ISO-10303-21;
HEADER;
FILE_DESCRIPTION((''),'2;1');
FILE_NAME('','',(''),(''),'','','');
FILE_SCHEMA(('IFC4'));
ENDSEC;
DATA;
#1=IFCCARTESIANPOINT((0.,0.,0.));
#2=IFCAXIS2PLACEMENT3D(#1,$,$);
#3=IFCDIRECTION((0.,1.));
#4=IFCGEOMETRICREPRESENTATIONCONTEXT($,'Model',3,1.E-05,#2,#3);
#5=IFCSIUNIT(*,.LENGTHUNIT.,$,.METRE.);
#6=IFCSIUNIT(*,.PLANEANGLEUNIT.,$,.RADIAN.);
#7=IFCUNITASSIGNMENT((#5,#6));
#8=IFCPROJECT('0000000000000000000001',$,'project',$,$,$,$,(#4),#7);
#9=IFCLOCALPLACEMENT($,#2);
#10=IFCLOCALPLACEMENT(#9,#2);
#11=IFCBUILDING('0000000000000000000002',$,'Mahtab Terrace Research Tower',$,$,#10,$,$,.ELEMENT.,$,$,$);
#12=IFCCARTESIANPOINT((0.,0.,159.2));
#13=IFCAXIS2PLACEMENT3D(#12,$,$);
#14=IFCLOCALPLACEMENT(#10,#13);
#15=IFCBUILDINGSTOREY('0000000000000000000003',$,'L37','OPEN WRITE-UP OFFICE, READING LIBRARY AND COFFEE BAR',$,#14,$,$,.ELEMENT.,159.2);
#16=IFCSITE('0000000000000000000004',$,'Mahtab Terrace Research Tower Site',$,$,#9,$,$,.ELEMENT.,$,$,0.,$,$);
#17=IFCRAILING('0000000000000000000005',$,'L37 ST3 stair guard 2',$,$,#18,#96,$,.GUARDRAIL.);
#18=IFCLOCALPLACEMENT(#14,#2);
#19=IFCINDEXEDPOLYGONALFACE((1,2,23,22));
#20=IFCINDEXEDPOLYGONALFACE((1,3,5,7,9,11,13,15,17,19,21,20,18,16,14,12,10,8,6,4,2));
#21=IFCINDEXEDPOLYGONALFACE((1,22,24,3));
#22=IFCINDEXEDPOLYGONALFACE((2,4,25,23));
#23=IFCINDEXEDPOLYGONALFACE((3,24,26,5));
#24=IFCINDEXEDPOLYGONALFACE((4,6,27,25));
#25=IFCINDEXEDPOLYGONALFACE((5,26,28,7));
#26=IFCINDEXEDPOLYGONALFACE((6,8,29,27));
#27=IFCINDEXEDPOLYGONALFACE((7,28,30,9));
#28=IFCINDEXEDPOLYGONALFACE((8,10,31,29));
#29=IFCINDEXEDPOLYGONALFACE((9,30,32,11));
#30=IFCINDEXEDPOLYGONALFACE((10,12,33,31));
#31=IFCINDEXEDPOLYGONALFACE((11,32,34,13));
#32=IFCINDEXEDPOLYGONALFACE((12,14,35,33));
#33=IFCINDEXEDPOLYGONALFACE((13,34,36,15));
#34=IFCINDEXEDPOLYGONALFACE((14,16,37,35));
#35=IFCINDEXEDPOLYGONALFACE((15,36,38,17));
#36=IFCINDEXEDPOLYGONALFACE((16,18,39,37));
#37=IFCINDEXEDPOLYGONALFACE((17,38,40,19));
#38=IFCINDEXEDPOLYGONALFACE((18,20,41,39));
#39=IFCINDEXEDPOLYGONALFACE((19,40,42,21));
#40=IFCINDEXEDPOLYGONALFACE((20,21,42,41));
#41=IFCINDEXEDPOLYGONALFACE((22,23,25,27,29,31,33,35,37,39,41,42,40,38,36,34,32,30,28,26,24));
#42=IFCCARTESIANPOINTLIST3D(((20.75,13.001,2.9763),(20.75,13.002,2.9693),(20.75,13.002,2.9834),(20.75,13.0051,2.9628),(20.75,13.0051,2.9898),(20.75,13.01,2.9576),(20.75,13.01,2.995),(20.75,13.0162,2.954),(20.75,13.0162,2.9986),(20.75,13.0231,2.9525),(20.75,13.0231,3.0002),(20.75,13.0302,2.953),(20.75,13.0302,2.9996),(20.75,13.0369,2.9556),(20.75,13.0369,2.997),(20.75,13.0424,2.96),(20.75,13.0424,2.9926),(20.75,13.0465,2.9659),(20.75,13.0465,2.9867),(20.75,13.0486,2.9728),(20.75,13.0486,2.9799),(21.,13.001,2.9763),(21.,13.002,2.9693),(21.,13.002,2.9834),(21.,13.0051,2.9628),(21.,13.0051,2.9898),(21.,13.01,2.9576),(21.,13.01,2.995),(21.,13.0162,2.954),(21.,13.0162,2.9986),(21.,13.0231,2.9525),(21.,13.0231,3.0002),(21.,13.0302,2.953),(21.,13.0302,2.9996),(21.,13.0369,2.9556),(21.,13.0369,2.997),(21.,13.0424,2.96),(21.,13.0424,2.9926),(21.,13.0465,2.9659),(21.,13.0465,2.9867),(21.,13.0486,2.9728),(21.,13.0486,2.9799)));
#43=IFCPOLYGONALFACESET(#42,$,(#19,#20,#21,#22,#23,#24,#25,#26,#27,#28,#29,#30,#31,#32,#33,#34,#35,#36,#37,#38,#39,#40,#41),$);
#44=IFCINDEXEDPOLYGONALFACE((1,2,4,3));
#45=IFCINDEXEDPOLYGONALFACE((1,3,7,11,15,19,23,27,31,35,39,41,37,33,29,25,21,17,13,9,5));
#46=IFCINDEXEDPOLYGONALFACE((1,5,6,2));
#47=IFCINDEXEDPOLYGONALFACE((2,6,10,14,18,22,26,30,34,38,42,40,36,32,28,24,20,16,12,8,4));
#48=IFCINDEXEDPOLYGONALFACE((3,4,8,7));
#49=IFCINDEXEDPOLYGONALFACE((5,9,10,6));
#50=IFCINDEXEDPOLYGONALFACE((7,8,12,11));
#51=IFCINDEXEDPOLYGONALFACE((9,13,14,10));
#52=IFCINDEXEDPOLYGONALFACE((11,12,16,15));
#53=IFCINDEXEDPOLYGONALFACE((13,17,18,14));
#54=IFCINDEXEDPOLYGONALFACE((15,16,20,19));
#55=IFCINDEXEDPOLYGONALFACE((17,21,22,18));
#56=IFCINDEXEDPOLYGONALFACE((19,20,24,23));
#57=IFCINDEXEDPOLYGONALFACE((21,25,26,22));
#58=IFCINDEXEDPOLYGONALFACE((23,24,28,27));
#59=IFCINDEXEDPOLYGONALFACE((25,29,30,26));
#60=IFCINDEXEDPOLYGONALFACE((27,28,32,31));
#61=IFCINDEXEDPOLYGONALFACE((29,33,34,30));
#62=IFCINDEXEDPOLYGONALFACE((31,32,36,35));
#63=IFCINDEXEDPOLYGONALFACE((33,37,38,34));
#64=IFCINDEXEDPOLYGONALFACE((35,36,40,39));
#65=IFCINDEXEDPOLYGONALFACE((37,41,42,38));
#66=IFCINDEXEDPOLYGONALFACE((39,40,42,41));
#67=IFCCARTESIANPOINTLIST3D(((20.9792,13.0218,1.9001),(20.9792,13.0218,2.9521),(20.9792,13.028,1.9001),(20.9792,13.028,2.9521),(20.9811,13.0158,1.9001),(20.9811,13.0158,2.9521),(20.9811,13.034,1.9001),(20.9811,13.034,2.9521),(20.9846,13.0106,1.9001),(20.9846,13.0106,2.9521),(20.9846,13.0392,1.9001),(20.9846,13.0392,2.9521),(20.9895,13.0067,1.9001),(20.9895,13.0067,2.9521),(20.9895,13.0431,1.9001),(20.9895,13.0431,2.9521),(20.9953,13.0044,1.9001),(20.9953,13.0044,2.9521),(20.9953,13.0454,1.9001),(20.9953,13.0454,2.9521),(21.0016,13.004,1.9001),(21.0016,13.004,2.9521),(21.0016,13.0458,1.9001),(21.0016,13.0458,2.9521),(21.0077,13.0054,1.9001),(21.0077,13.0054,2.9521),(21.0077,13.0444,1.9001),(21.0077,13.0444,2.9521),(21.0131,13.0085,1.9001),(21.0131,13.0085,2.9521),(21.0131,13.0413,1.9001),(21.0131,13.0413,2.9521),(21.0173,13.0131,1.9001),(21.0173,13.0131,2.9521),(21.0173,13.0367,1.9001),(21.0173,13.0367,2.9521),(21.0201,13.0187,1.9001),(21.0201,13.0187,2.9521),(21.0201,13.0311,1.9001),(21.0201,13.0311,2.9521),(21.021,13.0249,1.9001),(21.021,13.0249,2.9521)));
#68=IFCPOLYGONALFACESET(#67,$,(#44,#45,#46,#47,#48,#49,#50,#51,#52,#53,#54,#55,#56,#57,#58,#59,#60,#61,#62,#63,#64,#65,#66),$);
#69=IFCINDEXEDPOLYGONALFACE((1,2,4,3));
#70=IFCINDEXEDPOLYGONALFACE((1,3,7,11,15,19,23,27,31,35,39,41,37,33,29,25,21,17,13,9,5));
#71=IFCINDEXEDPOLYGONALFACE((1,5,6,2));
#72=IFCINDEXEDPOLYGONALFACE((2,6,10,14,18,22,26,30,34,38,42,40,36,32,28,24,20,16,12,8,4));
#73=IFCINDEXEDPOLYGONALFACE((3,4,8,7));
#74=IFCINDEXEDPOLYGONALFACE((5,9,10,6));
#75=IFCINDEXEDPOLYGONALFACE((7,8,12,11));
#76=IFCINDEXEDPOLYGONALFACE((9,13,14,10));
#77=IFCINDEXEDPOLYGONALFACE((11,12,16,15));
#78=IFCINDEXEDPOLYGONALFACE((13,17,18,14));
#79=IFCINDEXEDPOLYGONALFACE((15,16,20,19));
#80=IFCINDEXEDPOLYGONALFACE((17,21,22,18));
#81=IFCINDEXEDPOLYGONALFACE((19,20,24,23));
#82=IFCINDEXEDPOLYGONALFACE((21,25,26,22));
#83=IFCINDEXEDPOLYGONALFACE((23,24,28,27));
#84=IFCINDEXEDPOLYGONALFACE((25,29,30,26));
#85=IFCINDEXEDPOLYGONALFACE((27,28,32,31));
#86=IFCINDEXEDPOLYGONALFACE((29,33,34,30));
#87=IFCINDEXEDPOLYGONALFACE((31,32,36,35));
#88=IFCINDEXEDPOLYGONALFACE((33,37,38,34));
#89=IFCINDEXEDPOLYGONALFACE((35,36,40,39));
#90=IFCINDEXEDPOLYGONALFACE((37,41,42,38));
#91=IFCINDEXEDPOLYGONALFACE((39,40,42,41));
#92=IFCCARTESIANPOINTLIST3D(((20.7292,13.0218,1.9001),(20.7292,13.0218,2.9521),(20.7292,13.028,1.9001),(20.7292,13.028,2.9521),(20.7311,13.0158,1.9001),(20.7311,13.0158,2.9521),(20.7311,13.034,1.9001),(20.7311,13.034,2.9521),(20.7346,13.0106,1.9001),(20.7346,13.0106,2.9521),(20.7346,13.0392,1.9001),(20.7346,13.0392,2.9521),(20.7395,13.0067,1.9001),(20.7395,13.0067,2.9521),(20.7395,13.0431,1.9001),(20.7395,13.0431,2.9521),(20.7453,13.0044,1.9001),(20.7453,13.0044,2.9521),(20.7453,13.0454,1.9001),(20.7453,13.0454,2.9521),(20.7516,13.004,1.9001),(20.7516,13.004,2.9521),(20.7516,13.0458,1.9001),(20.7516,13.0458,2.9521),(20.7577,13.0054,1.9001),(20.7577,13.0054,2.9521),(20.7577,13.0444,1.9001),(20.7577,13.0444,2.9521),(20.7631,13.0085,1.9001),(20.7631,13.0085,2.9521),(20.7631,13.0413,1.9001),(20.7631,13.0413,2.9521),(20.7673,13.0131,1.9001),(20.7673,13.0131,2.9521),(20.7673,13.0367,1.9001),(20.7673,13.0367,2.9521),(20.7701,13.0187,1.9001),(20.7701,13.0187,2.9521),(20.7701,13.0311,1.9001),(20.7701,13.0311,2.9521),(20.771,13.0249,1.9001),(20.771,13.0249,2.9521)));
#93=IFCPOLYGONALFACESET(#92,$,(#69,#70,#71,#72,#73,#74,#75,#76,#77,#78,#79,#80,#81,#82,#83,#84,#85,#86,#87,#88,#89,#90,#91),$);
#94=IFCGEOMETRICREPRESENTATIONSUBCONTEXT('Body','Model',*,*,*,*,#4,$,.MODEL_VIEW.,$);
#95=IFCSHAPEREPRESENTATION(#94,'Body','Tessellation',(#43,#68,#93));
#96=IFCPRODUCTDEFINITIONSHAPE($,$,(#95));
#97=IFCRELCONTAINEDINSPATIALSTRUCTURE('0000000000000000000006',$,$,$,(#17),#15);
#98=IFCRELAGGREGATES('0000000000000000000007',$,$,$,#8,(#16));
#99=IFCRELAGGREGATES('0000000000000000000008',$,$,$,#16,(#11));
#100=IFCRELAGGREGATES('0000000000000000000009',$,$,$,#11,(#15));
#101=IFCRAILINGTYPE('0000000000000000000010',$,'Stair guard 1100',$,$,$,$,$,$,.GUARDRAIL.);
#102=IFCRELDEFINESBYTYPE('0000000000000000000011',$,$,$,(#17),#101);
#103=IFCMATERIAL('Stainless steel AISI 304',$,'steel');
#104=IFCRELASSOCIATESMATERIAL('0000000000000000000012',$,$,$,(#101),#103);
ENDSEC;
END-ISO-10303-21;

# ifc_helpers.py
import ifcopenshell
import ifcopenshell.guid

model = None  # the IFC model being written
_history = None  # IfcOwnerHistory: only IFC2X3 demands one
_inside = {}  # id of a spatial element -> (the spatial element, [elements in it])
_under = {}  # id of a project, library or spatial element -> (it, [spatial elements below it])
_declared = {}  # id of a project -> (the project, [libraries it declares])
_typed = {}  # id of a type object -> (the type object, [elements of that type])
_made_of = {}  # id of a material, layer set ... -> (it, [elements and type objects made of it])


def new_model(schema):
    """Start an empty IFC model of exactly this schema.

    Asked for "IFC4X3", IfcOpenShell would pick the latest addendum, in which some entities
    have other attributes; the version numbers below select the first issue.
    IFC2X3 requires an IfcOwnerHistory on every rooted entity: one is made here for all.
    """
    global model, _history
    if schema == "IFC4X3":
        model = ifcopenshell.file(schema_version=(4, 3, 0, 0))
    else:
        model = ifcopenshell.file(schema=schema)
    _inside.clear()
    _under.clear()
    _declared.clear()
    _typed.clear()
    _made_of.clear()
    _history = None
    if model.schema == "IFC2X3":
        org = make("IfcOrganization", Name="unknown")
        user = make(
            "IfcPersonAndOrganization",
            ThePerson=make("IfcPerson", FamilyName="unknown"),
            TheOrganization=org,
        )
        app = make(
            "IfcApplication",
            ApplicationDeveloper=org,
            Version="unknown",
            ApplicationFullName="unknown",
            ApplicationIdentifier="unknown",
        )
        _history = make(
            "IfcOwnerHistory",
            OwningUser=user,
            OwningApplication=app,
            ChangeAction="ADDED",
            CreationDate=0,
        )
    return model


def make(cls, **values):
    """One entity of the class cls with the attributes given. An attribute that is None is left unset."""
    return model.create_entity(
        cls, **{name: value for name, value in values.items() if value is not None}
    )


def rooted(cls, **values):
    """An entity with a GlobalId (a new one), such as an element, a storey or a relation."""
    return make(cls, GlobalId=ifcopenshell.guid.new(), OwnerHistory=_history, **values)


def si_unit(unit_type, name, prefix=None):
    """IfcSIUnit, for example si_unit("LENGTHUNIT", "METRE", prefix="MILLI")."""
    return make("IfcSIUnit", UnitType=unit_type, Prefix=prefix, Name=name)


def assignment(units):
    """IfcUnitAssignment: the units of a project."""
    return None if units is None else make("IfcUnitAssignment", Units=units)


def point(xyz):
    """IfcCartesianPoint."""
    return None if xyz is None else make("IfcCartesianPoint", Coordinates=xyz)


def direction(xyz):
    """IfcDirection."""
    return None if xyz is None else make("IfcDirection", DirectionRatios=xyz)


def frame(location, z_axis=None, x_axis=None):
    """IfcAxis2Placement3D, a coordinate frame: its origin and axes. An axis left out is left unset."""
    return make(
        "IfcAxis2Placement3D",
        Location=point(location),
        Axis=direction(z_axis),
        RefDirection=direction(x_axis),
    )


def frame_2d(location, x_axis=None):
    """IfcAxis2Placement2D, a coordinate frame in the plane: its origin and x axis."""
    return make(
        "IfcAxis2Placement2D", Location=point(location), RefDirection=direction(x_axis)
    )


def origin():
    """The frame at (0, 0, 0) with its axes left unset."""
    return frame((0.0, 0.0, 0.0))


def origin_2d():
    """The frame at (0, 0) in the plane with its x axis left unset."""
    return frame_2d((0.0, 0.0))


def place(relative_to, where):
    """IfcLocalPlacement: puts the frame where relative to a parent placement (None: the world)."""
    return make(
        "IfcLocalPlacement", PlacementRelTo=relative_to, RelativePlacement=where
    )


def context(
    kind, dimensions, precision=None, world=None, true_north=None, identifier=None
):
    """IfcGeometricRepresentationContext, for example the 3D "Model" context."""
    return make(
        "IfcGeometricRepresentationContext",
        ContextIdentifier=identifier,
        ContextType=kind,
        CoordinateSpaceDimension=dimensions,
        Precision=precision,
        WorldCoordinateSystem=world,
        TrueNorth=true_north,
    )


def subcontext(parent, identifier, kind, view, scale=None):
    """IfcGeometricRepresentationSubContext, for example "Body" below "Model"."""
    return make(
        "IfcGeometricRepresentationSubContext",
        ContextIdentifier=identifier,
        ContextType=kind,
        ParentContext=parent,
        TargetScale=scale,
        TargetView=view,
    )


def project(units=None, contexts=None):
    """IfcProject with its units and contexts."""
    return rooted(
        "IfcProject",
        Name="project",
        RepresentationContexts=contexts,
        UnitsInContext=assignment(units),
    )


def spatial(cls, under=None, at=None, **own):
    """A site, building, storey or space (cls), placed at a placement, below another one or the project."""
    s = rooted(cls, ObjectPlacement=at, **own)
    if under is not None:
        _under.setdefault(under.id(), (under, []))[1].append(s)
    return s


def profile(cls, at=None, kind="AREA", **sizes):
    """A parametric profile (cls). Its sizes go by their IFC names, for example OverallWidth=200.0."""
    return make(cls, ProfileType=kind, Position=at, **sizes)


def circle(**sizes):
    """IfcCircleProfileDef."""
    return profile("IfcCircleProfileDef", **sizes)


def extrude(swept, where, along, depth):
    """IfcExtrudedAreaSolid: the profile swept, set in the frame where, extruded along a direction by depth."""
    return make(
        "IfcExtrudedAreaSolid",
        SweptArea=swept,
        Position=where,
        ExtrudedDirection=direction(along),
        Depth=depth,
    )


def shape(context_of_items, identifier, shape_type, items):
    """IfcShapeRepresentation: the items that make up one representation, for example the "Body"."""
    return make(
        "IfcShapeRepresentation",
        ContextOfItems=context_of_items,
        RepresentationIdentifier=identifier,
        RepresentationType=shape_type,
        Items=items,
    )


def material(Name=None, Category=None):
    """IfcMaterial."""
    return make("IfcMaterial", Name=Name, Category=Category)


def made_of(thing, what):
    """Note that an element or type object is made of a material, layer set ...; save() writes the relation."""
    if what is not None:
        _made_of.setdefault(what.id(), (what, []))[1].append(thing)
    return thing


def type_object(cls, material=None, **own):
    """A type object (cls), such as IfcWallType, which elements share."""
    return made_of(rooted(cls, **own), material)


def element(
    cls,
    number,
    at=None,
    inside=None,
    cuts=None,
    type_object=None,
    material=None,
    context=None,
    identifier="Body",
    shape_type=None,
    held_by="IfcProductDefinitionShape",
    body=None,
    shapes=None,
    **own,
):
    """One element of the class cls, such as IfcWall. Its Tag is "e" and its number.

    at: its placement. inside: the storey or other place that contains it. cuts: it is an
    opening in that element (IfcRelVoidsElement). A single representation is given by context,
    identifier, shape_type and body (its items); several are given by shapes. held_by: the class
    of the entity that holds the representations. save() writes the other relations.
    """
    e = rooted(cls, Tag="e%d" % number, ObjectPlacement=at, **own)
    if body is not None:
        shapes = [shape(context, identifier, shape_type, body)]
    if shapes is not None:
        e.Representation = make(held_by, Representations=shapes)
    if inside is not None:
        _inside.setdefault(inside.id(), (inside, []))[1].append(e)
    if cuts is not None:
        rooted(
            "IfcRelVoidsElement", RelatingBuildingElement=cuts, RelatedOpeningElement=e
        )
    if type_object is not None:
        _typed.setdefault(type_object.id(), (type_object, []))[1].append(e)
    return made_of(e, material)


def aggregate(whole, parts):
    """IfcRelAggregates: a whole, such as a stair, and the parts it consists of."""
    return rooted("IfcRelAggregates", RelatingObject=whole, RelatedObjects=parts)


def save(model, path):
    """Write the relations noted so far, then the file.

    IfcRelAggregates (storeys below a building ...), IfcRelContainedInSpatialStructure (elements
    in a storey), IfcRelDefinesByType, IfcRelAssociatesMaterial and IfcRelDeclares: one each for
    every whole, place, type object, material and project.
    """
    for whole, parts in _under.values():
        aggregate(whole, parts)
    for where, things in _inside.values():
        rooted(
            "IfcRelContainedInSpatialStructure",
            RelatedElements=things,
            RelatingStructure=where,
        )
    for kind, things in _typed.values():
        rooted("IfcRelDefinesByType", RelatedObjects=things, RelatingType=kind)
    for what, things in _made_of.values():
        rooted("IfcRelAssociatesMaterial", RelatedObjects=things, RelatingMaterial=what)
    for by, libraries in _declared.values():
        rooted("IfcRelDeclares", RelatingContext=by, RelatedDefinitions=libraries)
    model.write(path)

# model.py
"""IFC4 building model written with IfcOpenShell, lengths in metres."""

from ifc_helpers import new_model, si_unit, direction, frame, origin, origin_2d, place, context, subcontext, project, spatial, circle, extrude, material, type_object, element, save


model = new_model("IFC4")

# Units and contexts
model_context = context("Model", 3, precision=1e-05, world=origin(), true_north=direction((0.0, 1.0)))
body_context = subcontext(model_context, "Body", "Model", "MODEL_VIEW")
ifc_project = project(units=[si_unit("LENGTHUNIT", "METRE"), si_unit("PLANEANGLEUNIT", "RADIAN")], contexts=[model_context])

# Site, building, storey
site_placement = place(None, origin())
site = spatial("IfcSite", under=ifc_project, at=site_placement, Name="Mahtab Terrace Research Tower Site", CompositionType="ELEMENT", RefElevation=0.0)
building_placement = place(site_placement, origin())
building = spatial("IfcBuilding", under=site, at=building_placement, Name="Mahtab Terrace Research Tower", CompositionType="ELEMENT")
storey_placement = place(building_placement, frame((0.0, 0.0, 159.2)))
storey = spatial("IfcBuildingStorey", under=building, at=storey_placement, Name="L37", Description="OPEN WRITE-UP OFFICE, READING LIBRARY AND COFFEE BAR", CompositionType="ELEMENT", Elevation=159.2)

# Railing
ifc_material_1 = material(Name="Stainless steel AISI 304", Category="steel")
railing_type_1 = type_object("IfcRailingType", Name="Stair guard 1100", PredefinedType="GUARDRAIL", material=ifc_material_1)
railing_1_placement = place(storey_placement, frame((21.0, 13.0249, 1.9001)))
element("IfcRailing", 1, at=railing_1_placement, inside=storey, type_object=railing_type_1, Name="L37 ST3 stair guard 2", PredefinedType="GUARDRAIL", context=body_context, shape_type="SweptSolid", body=[
    extrude(circle(Radius=0.0239, at=origin_2d()), frame((0.0, 0.0, 1.0762), z_axis=(-1.0, 0.0, 0.0), x_axis=(0.0, -1.0, 0.0)), (0.0, 0.0, 1.0), 0.25),
    extrude(circle(Radius=0.021, at=origin_2d()), origin(), (0.0, 0.0, 1.0), 1.052),
    extrude(circle(Radius=0.021, at=origin_2d()), frame((-0.25, 0.0, 0.0)), (0.0, 0.0, 1.0), 1.052),
])

save(model, "model.ifc")
